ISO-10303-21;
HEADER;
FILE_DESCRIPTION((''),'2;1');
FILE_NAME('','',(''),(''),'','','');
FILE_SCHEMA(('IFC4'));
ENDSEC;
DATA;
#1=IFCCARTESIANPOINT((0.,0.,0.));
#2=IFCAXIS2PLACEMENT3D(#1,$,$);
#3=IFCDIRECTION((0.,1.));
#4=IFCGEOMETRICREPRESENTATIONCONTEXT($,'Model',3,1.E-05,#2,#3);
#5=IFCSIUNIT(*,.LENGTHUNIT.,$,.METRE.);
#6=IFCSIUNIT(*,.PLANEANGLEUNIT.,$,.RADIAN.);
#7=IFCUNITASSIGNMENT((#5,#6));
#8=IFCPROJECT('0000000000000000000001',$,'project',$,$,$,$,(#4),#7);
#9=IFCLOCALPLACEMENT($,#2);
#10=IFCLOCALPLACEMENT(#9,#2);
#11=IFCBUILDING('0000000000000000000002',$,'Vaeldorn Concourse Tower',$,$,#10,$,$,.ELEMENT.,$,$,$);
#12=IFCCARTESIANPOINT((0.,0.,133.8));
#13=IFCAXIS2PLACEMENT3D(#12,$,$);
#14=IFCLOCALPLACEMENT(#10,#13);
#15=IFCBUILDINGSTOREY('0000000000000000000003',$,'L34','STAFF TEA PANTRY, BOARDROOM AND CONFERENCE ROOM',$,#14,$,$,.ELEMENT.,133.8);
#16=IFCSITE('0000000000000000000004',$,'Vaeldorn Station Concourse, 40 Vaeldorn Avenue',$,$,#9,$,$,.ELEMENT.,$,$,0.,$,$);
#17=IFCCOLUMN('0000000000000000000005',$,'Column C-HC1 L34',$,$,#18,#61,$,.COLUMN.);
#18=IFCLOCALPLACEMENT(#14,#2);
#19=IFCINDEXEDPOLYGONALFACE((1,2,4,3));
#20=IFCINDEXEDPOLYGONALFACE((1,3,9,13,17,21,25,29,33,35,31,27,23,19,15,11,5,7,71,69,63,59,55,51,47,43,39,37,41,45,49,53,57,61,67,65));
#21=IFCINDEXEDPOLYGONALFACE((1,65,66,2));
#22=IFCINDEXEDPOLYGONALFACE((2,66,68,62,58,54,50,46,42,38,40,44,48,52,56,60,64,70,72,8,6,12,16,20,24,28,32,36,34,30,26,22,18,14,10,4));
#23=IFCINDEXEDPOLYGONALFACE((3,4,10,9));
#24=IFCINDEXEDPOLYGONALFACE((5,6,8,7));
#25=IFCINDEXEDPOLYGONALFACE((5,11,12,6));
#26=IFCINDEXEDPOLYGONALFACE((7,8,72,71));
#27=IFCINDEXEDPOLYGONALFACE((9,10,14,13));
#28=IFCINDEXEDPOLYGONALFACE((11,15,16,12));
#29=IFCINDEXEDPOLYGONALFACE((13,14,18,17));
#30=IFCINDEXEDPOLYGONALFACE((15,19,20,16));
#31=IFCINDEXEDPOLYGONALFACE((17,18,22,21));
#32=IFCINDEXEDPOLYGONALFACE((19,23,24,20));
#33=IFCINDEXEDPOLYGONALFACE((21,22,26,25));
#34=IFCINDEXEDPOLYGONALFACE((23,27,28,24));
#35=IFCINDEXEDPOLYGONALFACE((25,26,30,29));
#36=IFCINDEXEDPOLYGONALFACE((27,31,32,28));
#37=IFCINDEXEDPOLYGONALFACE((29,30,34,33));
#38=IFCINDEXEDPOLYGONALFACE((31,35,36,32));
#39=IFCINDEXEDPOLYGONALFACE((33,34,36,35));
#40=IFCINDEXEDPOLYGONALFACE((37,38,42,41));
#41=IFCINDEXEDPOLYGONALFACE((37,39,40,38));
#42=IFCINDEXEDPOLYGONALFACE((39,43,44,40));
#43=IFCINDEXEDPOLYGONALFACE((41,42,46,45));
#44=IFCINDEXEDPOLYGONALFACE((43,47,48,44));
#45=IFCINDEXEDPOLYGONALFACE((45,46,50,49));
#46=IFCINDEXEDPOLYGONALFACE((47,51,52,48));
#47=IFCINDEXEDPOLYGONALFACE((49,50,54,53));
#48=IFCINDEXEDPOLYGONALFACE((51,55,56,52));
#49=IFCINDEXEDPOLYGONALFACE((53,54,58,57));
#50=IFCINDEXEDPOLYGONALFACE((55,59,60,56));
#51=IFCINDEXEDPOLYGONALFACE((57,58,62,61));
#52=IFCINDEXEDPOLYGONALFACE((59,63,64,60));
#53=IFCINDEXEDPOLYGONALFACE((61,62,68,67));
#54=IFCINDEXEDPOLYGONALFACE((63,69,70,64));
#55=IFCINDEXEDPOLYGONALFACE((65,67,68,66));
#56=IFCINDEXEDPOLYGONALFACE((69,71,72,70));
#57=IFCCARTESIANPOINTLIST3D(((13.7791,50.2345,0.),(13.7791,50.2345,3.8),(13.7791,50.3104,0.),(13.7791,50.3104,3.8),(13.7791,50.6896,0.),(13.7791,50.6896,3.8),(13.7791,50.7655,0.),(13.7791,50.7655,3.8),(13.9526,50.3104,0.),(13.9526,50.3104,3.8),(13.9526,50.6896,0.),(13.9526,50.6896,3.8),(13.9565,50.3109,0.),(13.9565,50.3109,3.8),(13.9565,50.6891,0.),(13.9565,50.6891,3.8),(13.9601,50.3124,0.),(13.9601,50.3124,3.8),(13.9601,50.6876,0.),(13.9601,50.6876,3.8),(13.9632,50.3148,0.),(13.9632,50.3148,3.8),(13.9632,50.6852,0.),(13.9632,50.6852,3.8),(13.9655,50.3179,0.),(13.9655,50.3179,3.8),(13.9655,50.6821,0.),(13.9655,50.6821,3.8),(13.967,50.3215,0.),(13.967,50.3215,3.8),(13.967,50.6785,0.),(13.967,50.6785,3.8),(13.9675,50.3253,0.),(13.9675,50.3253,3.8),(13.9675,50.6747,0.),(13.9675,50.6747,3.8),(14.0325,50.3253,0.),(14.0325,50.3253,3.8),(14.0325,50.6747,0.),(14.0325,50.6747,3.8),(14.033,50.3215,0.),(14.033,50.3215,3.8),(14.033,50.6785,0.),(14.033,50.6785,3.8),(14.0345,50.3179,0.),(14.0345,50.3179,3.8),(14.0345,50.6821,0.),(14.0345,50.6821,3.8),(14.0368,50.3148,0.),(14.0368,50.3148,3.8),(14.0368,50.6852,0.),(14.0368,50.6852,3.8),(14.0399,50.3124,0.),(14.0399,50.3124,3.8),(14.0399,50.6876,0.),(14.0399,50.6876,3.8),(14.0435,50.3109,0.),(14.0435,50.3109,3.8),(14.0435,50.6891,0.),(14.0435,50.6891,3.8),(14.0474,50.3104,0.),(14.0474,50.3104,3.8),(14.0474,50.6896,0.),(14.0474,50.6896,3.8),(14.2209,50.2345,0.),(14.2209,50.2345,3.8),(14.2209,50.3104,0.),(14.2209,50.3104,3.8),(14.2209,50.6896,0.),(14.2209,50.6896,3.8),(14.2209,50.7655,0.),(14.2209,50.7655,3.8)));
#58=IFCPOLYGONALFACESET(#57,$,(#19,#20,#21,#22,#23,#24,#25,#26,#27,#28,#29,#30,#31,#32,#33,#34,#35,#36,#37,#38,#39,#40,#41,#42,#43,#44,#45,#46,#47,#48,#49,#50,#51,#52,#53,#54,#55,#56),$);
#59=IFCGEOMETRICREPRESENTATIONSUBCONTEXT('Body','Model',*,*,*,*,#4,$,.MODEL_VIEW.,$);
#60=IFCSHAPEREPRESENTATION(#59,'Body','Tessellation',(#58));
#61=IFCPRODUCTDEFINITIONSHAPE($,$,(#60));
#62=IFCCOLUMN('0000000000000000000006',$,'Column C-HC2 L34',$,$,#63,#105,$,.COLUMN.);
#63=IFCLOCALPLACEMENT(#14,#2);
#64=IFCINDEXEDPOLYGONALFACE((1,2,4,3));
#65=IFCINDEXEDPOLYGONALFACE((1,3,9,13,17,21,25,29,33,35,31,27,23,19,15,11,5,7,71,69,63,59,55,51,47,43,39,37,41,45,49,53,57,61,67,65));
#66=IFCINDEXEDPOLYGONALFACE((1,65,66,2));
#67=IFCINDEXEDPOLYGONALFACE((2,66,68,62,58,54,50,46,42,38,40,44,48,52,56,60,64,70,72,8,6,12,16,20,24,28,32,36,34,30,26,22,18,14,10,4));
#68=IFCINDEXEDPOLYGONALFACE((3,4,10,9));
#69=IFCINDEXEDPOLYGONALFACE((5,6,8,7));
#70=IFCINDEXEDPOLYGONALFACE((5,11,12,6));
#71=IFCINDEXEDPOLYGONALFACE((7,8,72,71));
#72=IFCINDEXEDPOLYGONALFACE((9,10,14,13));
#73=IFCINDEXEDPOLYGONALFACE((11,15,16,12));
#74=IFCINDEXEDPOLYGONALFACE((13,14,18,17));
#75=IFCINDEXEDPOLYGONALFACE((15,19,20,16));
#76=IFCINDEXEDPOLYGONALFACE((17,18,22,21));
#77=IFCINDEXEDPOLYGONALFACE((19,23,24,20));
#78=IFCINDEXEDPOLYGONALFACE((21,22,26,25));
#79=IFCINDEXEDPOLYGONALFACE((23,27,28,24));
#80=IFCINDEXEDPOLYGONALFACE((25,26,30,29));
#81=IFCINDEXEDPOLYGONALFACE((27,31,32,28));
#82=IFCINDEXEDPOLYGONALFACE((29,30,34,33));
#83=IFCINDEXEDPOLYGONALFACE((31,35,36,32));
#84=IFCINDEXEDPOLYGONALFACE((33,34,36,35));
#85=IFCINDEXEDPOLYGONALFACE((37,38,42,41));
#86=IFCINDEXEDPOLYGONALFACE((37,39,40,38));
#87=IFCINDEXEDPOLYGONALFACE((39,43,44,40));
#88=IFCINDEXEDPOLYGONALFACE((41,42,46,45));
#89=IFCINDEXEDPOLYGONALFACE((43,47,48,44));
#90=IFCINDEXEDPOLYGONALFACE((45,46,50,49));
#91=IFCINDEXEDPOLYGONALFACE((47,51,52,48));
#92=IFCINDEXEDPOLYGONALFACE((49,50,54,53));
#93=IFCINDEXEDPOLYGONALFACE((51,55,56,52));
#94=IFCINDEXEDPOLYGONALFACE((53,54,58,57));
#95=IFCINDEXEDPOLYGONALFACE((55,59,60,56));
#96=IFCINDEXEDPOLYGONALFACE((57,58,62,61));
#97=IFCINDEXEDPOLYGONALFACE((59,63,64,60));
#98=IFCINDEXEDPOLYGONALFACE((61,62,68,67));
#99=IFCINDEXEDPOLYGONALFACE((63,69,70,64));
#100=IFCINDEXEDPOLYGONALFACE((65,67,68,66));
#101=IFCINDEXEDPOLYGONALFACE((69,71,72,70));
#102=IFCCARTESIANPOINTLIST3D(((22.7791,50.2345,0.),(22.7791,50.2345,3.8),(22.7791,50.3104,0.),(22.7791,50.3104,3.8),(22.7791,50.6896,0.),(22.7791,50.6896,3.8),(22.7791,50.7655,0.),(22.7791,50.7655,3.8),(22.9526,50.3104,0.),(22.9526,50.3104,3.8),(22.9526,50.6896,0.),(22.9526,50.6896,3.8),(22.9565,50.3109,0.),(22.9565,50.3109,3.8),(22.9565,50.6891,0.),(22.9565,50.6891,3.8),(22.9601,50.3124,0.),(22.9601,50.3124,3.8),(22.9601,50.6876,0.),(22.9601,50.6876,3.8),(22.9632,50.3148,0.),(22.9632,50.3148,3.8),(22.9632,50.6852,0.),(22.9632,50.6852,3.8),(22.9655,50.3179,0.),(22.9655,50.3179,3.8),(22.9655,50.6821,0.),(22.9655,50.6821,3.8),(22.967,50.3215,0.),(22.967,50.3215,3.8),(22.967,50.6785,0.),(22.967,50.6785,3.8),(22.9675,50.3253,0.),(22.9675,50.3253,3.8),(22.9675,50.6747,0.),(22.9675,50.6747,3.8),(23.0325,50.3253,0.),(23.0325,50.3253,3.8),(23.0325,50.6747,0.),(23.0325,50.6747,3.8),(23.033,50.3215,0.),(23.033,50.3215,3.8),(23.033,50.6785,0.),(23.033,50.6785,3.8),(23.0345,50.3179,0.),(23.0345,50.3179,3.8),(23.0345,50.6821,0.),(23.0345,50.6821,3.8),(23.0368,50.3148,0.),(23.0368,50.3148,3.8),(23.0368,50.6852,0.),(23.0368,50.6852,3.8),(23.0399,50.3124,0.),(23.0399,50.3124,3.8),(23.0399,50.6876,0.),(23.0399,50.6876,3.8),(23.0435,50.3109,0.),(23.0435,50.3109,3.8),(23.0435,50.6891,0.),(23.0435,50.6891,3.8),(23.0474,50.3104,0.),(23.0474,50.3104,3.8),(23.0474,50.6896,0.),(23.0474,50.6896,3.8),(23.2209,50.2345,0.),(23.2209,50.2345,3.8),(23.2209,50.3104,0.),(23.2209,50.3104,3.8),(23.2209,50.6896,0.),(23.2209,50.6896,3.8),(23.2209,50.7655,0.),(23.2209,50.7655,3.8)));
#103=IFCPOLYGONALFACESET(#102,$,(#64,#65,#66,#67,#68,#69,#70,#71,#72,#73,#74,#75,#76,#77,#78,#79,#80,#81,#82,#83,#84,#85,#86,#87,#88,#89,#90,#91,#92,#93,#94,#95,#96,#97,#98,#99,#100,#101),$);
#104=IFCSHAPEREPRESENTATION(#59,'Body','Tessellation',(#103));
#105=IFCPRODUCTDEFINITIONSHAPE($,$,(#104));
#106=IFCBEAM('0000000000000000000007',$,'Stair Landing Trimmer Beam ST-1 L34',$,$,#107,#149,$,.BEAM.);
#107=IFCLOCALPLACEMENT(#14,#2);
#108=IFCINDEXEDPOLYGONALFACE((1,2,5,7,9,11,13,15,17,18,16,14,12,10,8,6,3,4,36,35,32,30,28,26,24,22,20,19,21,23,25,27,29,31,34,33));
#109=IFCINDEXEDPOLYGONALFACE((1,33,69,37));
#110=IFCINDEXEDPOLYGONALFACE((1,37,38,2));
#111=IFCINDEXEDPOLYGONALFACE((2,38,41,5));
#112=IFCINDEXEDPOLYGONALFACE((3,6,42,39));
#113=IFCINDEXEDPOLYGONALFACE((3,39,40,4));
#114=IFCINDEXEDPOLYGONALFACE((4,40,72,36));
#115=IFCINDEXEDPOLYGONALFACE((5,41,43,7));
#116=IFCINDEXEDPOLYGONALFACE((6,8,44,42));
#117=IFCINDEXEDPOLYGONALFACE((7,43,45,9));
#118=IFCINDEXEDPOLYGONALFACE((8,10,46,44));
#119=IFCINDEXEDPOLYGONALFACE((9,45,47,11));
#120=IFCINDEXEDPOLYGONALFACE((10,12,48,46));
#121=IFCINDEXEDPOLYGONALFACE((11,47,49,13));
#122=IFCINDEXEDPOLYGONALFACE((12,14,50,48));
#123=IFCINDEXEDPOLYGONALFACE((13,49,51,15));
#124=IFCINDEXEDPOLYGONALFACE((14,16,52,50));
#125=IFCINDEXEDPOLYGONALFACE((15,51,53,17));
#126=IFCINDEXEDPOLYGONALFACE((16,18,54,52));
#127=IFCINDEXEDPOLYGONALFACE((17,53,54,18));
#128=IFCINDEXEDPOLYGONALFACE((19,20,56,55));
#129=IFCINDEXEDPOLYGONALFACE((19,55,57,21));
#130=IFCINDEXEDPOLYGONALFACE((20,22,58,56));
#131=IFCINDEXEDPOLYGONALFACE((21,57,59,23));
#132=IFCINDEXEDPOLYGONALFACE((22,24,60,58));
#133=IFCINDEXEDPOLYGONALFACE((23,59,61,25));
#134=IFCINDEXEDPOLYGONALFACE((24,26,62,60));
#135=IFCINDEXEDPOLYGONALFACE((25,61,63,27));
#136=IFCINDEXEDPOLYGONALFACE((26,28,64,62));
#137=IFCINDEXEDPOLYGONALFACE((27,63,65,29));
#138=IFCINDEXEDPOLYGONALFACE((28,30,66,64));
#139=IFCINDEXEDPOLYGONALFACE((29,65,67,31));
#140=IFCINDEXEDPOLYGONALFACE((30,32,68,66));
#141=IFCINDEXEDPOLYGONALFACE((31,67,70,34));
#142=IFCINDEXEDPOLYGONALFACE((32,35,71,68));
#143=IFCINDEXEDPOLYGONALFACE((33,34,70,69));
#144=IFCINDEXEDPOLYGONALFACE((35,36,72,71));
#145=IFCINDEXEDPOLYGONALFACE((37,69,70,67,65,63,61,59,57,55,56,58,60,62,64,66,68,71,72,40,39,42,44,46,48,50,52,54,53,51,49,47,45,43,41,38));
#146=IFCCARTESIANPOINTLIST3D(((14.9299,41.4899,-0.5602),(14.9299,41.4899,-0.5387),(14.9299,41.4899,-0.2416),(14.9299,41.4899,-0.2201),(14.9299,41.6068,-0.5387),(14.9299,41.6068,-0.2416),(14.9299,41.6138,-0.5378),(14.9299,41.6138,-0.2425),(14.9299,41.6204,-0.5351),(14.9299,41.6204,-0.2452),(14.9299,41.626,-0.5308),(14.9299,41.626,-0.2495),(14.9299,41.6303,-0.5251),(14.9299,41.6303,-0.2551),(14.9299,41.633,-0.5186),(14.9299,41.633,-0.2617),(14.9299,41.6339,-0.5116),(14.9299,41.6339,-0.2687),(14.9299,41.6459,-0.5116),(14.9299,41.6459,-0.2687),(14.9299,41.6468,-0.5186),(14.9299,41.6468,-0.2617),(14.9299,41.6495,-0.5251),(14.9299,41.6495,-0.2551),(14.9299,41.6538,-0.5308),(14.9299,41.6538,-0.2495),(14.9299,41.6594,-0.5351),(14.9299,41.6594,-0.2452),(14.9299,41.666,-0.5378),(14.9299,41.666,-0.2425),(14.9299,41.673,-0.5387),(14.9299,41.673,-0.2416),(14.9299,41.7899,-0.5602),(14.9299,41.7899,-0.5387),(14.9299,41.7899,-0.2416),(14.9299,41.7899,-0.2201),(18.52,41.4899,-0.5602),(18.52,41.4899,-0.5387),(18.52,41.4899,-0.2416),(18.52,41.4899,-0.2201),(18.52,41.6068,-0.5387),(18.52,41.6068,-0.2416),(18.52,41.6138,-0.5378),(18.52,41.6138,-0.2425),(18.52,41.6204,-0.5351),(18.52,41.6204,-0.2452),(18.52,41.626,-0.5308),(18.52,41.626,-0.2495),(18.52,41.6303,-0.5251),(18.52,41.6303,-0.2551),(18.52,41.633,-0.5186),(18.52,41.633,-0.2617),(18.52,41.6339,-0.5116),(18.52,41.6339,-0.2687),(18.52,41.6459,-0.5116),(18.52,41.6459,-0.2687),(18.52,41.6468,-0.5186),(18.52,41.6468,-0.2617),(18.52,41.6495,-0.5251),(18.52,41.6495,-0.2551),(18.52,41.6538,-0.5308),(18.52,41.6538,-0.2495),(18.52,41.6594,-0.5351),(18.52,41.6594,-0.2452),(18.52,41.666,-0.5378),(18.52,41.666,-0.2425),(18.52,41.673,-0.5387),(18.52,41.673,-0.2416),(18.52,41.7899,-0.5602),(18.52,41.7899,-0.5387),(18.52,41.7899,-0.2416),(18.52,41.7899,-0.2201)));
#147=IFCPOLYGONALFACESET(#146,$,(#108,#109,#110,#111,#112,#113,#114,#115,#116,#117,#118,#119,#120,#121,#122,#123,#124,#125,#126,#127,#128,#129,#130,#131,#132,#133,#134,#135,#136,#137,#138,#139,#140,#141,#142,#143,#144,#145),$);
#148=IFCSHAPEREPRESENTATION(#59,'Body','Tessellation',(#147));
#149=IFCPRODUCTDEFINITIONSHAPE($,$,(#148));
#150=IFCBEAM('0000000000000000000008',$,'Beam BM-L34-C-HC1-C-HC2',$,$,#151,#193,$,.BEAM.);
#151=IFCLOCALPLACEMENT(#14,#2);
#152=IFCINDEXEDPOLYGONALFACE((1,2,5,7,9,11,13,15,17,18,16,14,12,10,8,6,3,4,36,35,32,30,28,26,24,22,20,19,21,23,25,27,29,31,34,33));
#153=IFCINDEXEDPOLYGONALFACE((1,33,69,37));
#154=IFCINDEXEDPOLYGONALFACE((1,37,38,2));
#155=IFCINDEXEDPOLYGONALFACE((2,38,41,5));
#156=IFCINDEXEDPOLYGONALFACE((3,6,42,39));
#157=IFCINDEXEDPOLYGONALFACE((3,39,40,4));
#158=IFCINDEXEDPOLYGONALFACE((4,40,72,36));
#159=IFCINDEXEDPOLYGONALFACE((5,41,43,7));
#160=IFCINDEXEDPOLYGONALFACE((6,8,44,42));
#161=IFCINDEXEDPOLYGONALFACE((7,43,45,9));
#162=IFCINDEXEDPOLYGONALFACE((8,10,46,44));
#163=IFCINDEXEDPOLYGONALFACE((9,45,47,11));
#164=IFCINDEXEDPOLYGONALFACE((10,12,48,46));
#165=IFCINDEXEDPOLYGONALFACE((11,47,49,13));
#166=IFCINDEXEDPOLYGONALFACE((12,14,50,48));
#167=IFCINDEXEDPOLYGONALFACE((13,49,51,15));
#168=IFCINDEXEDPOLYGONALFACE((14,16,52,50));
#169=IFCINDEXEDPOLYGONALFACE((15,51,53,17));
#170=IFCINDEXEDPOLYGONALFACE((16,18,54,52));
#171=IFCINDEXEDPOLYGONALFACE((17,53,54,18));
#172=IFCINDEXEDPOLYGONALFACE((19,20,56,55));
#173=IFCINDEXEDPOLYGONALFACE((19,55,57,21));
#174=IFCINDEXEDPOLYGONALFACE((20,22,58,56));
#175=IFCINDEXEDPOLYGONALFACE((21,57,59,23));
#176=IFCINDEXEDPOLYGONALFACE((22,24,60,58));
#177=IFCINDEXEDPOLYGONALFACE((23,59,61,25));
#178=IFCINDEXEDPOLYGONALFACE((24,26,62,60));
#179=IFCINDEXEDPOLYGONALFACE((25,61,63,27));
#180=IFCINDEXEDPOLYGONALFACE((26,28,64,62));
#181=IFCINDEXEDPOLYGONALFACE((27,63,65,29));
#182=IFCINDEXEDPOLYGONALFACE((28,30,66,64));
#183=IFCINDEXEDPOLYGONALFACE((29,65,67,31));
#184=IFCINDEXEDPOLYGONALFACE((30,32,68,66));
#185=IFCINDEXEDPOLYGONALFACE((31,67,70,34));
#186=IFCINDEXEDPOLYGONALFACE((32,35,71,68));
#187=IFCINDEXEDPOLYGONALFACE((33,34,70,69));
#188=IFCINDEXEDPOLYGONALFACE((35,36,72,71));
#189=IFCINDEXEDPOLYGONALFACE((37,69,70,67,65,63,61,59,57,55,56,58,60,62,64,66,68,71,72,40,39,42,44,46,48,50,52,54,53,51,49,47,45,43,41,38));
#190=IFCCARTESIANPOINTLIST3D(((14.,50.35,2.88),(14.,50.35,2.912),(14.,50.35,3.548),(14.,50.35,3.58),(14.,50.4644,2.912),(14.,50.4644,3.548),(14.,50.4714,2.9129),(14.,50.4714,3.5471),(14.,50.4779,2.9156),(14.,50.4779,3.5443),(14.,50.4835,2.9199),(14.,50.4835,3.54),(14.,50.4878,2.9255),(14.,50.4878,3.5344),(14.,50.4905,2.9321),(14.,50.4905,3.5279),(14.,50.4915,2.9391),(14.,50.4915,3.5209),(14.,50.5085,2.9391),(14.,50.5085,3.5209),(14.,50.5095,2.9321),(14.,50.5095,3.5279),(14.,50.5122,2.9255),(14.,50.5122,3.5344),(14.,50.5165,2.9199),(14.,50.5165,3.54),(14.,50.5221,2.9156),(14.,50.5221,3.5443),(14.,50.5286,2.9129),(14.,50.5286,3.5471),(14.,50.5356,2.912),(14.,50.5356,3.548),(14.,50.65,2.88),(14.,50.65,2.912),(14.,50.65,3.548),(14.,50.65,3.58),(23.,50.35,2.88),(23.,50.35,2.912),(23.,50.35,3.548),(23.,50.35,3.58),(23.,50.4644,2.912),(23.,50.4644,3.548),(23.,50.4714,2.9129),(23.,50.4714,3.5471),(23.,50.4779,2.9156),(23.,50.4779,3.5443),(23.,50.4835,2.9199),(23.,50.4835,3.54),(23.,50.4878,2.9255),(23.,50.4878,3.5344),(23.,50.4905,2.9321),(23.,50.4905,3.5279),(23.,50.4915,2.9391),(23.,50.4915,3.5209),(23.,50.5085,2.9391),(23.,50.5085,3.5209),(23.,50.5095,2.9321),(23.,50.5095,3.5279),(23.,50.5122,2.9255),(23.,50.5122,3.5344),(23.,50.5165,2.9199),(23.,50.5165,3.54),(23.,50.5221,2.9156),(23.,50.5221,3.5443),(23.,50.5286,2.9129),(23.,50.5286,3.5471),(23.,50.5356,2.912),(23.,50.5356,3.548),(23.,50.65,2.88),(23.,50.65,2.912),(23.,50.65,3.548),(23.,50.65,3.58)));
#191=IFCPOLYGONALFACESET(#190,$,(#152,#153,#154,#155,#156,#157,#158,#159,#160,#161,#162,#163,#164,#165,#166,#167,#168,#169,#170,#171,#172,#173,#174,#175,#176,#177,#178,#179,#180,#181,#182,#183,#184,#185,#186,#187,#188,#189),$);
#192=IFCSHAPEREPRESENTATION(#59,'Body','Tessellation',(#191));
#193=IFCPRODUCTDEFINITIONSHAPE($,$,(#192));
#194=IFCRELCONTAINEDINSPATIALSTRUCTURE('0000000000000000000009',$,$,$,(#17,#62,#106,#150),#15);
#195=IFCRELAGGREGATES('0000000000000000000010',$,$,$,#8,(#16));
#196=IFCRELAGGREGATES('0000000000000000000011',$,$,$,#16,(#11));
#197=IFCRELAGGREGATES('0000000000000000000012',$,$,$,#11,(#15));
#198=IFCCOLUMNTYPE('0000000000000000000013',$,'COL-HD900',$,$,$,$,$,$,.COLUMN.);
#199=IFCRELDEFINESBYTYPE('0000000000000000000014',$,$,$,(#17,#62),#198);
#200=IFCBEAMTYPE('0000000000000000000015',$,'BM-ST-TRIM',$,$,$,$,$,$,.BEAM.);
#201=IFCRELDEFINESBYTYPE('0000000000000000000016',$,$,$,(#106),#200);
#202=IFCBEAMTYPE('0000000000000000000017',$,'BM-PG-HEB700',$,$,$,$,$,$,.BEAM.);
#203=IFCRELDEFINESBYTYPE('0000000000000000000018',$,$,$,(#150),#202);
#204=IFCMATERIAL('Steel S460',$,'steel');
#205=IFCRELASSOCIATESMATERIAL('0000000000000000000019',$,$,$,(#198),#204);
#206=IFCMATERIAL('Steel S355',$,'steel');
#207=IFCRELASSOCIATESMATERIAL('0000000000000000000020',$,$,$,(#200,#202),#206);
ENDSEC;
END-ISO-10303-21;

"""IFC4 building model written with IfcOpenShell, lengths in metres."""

from ifc_helpers import new_model, si_unit, direction, frame, origin, origin_2d, place, context, subcontext, project, spatial, i_section, extrude, source, transform, mapped, material, material_profile, profile_set, type_object, element, save


model = new_model("IFC4")

# Units and contexts
model_context = context("Model", 3, precision=1e-05, world=origin(), true_north=direction((0.0, 1.0)))
body_context = subcontext(model_context, "Body", "Model", "MODEL_VIEW")
ifc_project = project(units=[si_unit("LENGTHUNIT", "METRE"), si_unit("PLANEANGLEUNIT", "RADIAN")], contexts=[model_context])

# Site, building, storey
site_placement = place(None, origin())
site = spatial("IfcSite", under=ifc_project, at=site_placement, Name="Vaeldorn Station Concourse, 40 Vaeldorn Avenue", CompositionType="ELEMENT", RefElevation=0.0)
building_placement = place(site_placement, origin())
building = spatial("IfcBuilding", under=site, at=building_placement, Name="Vaeldorn Concourse Tower", CompositionType="ELEMENT")
storey_placement = place(building_placement, frame((0.0, 0.0, 133.8)))
storey = spatial("IfcBuildingStorey", under=building, at=storey_placement, Name="L34", Description="STAFF TEA PANTRY, BOARDROOM AND CONFERENCE ROOM", CompositionType="ELEMENT", Elevation=133.8)

# Columns
ifc_material_1 = material(Name="Steel S460", Category="steel")
ifc_material_profile_1 = material_profile(ifc_material_1, i_section(OverallWidth=0.4419, OverallDepth=0.531, WebThickness=0.0649, FlangeThickness=0.0759, FilletRadius=0.0149, at=origin_2d()), Name="HD 400x900")
ifc_profile_set_1 = profile_set([ifc_material_profile_1], Name="Steel S460")
column_type = type_object("IfcColumnType", Name="COL-HD900", PredefinedType="COLUMN", material=ifc_profile_set_1)
shared_shape_1 = source(origin(), body_context, "Body", "SweptSolid", [
    extrude(i_section(OverallWidth=0.4419, OverallDepth=0.531, WebThickness=0.0649, FlangeThickness=0.0759, FilletRadius=0.0149, at=origin_2d()), origin(), (0.0, 0.0, 1.0), 3.8),
])
for number, where, z_axis, x_axis, name in (
    (1, (14.0, 50.5, 0.0), (0.0, 0.0, 1.0), (1.0, 0.0, 0.0), "Column C-HC1 L34"),
    (2, (23.0, 50.5, 0.0), (0.0, 0.0, 1.0), (1.0, 0.0, 0.0), "Column C-HC2 L34"),
):
    element("IfcColumn", number, at=place(storey_placement, frame(where, z_axis=z_axis, x_axis=x_axis)), inside=storey, type_object=column_type, Name=name, PredefinedType="COLUMN", context=body_context, shape_type="MappedRepresentation", body=[
        mapped(shared_shape_1, transform((0.0, 0.0, 0.0), scale=1.0)),
    ])

# Beams
ifc_material_2 = material(Name="Steel S355", Category="steel")
ifc_material_profile_2 = material_profile(ifc_material_2, i_section(OverallWidth=0.3, OverallDepth=0.3401, WebThickness=0.012, FlangeThickness=0.0215, FilletRadius=0.0271, at=origin_2d()), Name="HEB 340")
ifc_profile_set_2 = profile_set([ifc_material_profile_2], Name="Steel S355")
beam_type_1 = type_object("IfcBeamType", Name="BM-ST-TRIM", PredefinedType="BEAM", material=ifc_profile_set_2)
shared_shape_2 = source(origin(), body_context, "Body", "SweptSolid", [
    extrude(i_section(OverallWidth=0.3, OverallDepth=0.3401, WebThickness=0.012, FlangeThickness=0.0215, FilletRadius=0.0271, at=origin_2d()), origin(), (0.0, 0.0, 1.0), 3.5901),
])
beam_1_placement = place(storey_placement, frame((14.9299, 41.6399, -0.3901), z_axis=(1.0, 0.0, 0.0), x_axis=(0.0, 1.0, 0.0)))
element("IfcBeam", 3, at=beam_1_placement, inside=storey, type_object=beam_type_1, Name="Stair Landing Trimmer Beam ST-1 L34", PredefinedType="BEAM", context=body_context, shape_type="MappedRepresentation", body=[
    mapped(shared_shape_2, transform((0.0, 0.0, 0.0), scale=1.0)),
])
ifc_material_profile_3 = material_profile(ifc_material_2, i_section(OverallWidth=0.3, OverallDepth=0.7, WebThickness=0.0171, FlangeThickness=0.032, FilletRadius=0.0271, at=origin_2d()), Name="HEB 700")
ifc_profile_set_3 = profile_set([ifc_material_profile_3], Name="Steel S355")
beam_type_2 = type_object("IfcBeamType", Name="BM-PG-HEB700", PredefinedType="BEAM", material=ifc_profile_set_3)
shared_shape_3 = source(origin(), body_context, "Body", "SweptSolid", [
    extrude(i_section(OverallWidth=0.3, OverallDepth=0.7, WebThickness=0.0171, FlangeThickness=0.032, FilletRadius=0.0271, at=origin_2d()), origin(), (0.0, 0.0, 1.0), 9.0),
])
beam_2_placement = place(storey_placement, frame((14.0, 50.5, 3.23), z_axis=(1.0, 0.0, 0.0), x_axis=(0.0, 1.0, 0.0)))
element("IfcBeam", 4, at=beam_2_placement, inside=storey, type_object=beam_type_2, Name="Beam BM-L34-C-HC1-C-HC2", PredefinedType="BEAM", context=body_context, shape_type="MappedRepresentation", body=[
    mapped(shared_shape_3, transform((0.0, 0.0, 0.0), scale=1.0)),
])

save(model, "model.ifc")
